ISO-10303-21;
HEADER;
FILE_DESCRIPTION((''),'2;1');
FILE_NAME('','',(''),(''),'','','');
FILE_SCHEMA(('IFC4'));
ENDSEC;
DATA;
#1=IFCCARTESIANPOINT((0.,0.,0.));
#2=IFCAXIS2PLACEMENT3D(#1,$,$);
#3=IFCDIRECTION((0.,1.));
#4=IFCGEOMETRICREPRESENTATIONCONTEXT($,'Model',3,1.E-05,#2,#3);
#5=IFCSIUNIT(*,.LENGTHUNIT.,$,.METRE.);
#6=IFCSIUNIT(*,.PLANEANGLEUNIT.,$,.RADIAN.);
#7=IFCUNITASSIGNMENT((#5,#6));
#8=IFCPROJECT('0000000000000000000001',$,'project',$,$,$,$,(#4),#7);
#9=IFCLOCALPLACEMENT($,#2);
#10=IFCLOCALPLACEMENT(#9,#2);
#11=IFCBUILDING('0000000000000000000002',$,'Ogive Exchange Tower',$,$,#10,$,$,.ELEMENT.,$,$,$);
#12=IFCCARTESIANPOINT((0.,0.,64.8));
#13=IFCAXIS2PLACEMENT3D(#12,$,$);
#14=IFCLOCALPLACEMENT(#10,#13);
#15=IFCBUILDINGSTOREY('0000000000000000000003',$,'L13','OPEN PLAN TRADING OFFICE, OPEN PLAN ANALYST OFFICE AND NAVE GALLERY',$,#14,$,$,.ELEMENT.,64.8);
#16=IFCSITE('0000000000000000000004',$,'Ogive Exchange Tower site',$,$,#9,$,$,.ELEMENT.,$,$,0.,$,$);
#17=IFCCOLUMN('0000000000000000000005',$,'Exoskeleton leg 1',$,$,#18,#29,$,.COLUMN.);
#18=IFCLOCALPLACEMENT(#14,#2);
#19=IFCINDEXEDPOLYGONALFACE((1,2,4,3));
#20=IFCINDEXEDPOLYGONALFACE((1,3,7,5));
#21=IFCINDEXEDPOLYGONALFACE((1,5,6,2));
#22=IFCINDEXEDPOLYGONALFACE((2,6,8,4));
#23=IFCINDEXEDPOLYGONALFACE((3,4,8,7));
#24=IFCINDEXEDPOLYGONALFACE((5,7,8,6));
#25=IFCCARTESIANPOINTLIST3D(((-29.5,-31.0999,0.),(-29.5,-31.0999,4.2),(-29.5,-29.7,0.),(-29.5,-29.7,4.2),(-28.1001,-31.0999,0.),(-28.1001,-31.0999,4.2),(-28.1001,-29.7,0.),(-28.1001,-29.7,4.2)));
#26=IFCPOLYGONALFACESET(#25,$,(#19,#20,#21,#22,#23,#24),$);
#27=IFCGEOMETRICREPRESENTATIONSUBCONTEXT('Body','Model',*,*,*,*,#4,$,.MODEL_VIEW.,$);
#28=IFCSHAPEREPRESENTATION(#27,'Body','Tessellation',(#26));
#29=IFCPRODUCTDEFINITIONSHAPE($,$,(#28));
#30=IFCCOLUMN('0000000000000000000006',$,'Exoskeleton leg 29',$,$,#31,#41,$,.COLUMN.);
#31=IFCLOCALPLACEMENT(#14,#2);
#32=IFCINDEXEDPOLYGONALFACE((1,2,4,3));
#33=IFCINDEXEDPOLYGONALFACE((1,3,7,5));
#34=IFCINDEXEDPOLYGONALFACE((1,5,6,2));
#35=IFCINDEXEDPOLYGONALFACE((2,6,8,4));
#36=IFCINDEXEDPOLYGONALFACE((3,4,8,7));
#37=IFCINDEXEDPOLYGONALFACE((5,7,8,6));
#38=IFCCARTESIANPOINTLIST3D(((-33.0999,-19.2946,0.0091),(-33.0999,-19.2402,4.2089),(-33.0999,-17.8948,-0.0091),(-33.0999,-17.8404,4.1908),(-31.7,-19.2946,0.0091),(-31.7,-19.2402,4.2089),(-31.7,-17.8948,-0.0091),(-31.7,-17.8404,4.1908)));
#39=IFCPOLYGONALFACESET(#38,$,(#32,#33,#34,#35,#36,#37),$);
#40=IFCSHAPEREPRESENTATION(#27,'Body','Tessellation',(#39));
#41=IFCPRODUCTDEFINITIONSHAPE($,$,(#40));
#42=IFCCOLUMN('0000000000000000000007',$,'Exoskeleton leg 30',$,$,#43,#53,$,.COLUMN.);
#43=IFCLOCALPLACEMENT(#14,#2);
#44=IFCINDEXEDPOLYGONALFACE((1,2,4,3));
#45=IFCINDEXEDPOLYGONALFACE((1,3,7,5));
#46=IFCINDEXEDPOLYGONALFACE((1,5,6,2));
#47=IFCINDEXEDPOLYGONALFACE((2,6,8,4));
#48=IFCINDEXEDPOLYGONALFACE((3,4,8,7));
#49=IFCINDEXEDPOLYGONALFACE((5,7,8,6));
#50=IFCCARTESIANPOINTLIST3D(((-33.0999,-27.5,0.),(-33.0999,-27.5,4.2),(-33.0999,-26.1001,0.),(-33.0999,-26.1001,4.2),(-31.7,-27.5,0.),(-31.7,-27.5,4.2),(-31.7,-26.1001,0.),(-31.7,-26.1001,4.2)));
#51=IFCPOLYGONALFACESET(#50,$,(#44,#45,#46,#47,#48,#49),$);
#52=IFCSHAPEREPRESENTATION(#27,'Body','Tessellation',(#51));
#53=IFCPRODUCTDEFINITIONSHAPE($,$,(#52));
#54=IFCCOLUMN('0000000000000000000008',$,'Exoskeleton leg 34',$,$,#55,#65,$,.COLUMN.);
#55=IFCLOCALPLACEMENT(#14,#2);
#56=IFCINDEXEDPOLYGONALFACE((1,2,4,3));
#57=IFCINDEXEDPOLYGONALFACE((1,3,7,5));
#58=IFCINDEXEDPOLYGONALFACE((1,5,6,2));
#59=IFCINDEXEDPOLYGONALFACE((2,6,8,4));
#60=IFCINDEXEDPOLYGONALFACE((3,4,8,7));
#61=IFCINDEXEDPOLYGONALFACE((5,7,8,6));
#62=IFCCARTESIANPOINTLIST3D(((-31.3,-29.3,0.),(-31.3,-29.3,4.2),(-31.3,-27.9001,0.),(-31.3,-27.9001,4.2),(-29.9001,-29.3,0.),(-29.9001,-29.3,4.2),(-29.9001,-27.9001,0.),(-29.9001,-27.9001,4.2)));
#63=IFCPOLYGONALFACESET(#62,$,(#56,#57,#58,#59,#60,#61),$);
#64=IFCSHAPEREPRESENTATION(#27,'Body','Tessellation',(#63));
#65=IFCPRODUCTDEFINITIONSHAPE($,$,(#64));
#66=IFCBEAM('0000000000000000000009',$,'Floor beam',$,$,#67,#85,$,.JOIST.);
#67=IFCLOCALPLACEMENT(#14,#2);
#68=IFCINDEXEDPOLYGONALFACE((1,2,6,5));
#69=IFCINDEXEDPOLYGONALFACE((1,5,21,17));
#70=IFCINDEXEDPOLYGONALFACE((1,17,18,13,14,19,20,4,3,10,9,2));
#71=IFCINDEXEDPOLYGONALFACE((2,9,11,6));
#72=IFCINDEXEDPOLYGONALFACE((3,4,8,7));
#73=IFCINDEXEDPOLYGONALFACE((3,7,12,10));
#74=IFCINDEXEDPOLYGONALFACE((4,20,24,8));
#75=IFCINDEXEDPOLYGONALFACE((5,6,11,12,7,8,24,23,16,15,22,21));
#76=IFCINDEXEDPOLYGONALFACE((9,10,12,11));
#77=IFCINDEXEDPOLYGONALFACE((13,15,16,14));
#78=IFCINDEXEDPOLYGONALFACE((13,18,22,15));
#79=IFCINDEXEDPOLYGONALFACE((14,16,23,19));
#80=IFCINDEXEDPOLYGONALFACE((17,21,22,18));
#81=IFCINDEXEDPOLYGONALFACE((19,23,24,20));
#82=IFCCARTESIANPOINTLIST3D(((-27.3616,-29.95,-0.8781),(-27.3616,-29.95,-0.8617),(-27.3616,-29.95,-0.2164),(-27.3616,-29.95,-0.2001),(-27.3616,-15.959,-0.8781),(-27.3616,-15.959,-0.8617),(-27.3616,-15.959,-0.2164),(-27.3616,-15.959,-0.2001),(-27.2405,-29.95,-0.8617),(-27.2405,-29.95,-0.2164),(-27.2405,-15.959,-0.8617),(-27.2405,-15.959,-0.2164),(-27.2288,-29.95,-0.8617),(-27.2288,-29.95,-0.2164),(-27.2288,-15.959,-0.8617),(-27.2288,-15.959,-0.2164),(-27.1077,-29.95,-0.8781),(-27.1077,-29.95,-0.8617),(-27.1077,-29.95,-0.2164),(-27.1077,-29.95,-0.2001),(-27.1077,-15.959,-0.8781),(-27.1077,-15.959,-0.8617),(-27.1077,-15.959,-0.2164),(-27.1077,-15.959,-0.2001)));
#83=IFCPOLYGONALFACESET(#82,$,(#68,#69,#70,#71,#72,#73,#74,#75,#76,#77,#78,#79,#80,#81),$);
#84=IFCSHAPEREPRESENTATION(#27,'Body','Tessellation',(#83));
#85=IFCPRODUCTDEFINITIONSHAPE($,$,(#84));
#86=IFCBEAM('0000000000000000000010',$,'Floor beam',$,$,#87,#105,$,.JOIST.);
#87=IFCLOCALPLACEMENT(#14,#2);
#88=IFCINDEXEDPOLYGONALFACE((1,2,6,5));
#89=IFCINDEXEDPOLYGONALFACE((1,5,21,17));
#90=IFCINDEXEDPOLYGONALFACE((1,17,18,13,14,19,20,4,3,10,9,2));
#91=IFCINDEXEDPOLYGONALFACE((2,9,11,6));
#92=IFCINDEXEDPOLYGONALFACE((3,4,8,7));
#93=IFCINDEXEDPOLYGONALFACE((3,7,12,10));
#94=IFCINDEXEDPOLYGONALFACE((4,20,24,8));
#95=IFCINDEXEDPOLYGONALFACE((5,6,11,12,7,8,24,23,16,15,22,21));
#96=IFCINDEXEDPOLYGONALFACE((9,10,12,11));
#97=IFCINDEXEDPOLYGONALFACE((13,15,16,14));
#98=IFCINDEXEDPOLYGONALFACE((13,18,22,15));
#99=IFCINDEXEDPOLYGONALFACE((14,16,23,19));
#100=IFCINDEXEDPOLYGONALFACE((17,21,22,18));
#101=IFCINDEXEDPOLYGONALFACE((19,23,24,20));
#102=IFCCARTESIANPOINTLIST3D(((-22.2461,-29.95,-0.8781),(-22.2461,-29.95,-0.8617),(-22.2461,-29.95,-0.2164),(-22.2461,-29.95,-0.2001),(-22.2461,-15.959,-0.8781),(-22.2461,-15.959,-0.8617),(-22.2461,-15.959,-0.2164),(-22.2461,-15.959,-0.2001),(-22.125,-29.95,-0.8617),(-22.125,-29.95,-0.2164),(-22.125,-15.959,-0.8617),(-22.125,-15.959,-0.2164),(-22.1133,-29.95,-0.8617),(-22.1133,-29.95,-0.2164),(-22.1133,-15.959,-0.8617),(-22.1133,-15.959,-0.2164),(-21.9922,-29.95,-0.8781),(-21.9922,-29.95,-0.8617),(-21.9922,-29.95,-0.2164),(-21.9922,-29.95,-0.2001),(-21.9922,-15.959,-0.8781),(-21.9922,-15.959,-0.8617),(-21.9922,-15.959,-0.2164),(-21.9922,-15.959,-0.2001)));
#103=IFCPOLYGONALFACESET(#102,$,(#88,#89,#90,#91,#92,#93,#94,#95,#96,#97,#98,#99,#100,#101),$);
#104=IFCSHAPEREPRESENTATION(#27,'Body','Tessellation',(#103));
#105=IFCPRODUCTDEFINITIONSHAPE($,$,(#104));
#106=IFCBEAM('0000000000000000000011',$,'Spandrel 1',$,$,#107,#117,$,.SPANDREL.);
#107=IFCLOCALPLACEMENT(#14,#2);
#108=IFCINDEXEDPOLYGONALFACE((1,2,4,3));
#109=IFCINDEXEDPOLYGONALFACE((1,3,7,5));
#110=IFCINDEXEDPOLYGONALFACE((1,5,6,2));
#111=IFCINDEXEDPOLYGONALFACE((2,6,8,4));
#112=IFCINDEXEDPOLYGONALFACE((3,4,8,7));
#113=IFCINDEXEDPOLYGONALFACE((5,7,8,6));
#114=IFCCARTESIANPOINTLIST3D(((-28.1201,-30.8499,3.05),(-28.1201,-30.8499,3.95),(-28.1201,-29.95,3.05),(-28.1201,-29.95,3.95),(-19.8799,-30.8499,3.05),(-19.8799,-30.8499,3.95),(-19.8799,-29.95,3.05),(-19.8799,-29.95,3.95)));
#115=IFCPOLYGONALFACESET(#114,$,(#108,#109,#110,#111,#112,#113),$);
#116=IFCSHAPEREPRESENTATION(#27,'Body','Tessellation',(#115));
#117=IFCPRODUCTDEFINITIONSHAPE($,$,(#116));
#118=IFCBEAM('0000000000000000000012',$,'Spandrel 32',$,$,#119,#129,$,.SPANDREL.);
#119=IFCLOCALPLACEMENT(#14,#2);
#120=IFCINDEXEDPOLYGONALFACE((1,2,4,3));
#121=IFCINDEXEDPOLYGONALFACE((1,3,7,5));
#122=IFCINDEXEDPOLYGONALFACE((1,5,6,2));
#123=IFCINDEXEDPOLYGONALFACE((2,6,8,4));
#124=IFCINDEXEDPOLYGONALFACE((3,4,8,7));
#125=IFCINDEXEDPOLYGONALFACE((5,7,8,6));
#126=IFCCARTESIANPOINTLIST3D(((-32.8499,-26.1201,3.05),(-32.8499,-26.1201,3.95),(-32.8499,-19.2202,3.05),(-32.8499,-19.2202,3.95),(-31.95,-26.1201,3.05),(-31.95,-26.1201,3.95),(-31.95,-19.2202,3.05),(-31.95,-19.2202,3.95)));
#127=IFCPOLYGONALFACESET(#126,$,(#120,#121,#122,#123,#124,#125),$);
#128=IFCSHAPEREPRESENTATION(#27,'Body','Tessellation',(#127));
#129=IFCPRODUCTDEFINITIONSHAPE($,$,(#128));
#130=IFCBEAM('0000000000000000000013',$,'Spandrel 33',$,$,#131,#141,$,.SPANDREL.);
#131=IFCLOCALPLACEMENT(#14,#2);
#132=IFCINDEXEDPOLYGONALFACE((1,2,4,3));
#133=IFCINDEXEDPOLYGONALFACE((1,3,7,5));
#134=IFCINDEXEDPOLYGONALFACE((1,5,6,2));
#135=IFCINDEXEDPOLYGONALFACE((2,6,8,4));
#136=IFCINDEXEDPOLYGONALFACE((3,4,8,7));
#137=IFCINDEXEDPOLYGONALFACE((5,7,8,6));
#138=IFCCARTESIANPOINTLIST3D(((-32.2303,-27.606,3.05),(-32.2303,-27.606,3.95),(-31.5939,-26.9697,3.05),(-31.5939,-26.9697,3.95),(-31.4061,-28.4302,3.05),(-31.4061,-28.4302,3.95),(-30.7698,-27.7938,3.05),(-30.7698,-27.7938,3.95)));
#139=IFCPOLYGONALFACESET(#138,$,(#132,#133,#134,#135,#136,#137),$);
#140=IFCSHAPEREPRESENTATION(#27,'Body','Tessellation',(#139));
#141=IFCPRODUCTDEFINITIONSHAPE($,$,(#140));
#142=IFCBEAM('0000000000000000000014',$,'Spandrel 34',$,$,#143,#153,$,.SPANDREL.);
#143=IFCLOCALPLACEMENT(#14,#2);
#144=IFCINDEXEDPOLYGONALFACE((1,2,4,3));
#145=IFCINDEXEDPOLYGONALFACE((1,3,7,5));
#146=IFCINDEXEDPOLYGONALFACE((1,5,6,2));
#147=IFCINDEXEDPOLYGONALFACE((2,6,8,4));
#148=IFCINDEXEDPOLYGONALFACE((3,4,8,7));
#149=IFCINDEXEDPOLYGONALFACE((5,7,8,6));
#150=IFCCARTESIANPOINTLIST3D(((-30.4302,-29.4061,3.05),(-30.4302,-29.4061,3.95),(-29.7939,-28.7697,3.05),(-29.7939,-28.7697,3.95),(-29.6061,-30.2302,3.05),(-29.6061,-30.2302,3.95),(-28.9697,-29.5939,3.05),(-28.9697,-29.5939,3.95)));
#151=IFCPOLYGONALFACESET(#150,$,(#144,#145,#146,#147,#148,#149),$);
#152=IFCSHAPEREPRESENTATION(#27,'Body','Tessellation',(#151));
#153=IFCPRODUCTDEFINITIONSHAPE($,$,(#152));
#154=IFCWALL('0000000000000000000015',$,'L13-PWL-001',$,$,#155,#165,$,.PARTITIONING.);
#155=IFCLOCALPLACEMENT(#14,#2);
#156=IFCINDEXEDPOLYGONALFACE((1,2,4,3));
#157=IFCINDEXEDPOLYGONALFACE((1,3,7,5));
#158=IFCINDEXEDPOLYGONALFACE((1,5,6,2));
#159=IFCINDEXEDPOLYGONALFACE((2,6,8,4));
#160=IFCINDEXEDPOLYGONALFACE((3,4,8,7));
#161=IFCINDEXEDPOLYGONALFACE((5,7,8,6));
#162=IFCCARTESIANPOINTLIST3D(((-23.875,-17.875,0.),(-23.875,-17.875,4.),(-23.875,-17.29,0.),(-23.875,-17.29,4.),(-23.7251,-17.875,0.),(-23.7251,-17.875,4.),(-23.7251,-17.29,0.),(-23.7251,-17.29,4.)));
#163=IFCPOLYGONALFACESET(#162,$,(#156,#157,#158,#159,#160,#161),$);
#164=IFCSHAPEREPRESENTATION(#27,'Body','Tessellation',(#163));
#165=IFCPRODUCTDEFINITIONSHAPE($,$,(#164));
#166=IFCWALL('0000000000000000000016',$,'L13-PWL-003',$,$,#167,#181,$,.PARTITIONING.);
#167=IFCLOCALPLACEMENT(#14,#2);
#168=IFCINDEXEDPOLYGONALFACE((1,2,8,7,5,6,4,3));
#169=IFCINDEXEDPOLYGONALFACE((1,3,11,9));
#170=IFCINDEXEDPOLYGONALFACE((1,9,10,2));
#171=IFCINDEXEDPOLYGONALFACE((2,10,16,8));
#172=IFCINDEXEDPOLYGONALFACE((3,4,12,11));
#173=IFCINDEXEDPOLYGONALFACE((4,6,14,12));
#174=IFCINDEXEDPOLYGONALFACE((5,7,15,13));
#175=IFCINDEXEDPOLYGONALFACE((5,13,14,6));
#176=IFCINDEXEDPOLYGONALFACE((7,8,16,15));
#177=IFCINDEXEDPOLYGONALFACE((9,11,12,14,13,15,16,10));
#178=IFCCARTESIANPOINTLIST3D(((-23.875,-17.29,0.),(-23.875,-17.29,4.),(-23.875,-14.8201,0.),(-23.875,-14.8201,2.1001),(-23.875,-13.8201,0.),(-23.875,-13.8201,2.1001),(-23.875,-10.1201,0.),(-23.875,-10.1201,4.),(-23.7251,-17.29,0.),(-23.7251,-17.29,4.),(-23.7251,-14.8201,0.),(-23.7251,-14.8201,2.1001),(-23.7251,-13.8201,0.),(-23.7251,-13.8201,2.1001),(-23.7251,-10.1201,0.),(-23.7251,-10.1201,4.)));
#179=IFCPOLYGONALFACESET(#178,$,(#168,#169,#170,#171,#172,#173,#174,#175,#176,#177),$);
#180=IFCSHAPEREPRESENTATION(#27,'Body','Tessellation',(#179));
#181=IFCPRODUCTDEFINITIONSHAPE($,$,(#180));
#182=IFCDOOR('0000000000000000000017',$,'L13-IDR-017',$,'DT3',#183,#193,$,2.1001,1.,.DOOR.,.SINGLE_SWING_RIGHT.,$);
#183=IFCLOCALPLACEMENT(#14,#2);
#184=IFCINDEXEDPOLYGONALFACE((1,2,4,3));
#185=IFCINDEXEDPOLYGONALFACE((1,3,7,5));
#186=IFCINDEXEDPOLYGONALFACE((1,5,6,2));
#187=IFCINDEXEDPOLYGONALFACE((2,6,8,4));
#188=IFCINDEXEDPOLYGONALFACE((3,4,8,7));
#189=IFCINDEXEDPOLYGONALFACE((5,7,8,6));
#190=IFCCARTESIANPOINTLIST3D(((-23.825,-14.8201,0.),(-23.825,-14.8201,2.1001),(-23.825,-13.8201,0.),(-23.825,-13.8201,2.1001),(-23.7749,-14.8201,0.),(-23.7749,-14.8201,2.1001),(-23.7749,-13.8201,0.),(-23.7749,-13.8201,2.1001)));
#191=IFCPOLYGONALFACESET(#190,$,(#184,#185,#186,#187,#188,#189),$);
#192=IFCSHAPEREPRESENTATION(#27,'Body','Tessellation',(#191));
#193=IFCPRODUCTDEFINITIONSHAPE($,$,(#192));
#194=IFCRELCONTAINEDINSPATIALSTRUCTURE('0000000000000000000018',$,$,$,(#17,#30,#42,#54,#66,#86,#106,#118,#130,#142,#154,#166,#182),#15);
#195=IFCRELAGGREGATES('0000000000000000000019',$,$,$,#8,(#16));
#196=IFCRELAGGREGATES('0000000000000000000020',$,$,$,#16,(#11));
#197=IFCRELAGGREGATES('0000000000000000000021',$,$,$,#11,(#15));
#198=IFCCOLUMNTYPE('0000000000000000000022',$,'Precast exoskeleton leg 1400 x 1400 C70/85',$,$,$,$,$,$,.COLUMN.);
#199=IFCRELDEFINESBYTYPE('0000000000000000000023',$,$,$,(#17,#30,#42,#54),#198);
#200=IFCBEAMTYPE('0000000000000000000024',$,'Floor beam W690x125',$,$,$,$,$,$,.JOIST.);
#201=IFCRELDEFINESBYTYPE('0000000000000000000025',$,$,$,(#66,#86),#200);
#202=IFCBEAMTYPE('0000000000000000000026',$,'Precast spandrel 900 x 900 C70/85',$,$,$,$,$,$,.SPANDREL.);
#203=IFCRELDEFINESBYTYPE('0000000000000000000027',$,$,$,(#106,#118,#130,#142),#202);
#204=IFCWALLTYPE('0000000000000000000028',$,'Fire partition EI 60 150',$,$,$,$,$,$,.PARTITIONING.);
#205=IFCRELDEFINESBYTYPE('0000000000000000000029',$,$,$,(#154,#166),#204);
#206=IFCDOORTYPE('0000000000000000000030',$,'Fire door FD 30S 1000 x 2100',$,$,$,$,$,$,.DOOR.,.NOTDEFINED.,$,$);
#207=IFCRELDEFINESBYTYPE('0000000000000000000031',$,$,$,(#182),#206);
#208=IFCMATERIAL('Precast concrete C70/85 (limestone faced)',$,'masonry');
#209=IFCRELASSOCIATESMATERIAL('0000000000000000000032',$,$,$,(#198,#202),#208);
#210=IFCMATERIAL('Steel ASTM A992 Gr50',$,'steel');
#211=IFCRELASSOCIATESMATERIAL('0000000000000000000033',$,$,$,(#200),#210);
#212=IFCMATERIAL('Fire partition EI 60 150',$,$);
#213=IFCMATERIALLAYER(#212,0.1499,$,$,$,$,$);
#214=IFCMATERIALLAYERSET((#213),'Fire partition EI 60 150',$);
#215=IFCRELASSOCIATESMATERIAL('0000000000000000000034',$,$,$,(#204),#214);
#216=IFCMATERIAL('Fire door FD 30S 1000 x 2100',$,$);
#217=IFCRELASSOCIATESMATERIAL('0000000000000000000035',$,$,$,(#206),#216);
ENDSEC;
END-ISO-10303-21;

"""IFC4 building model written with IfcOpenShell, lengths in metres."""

from ifc_helpers import new_model, si_unit, direction, frame, frame_2d, origin, origin_2d, place, context, subcontext, project, spatial, rectangle, i_section, extrude, material, layer, layer_set, material_profile, profile_set, type_object, element, fill, save


model = new_model("IFC4")

# Units and contexts
model_context = context("Model", 3, precision=1e-05, world=origin(), true_north=direction((0.0, 1.0)))
body_context = subcontext(model_context, "Body", "Model", "MODEL_VIEW")
ifc_project = project(units=[si_unit("LENGTHUNIT", "METRE"), si_unit("PLANEANGLEUNIT", "RADIAN")], contexts=[model_context])

# Site, building, storey
site_placement = place(None, origin())
site = spatial("IfcSite", under=ifc_project, at=site_placement, Name="Ogive Exchange Tower site", CompositionType="ELEMENT", RefElevation=0.0)
building_placement = place(site_placement, origin())
building = spatial("IfcBuilding", under=site, at=building_placement, Name="Ogive Exchange Tower", CompositionType="ELEMENT")
storey_placement = place(building_placement, frame((0.0, 0.0, 64.8)))
storey = spatial("IfcBuildingStorey", under=building, at=storey_placement, Name="L13", Description="OPEN PLAN TRADING OFFICE, OPEN PLAN ANALYST OFFICE AND NAVE GALLERY", CompositionType="ELEMENT", Elevation=64.8)

# Columns
ifc_material_1 = material(Name="Precast concrete C70/85 (limestone faced)", Category="masonry")
ifc_material_profile_1 = material_profile(ifc_material_1, rectangle(XDim=1.3999, YDim=1.3999, at=origin_2d()), Name="1400 x 1400")
ifc_profile_set_1 = profile_set([ifc_material_profile_1], Name="Precast concrete C70/85 (limestone faced)")
column_type = type_object("IfcColumnType", Name="Precast exoskeleton leg 1400 x 1400 C70/85", PredefinedType="COLUMN", material=ifc_profile_set_1)
column_1_placement = place(storey_placement, frame((-28.8, -30.3999, 0.0), z_axis=(0.0, 0.0, 1.0), x_axis=(1.0, 0.0, 0.0)))
element("IfcColumn", 1, at=column_1_placement, inside=storey, type_object=column_type, Name="Exoskeleton leg 1", PredefinedType="COLUMN", context=body_context, shape_type="SweptSolid", body=[
    extrude(rectangle(XDim=1.3999, YDim=1.3999, at=origin_2d()), origin(), (0.0, 0.0, 1.0), 4.2),
])
column_2_placement = place(storey_placement, frame((-32.3999, -18.5947, 0.0), z_axis=(0.0, 0.012962, 0.999916), x_axis=(-1.0, 0.0, 0.0)))
element("IfcColumn", 2, at=column_2_placement, inside=storey, type_object=column_type, Name="Exoskeleton leg 29", PredefinedType="COLUMN", context=body_context, shape_type="SweptSolid", body=[
    extrude(rectangle(XDim=1.3999, YDim=1.3999, at=origin_2d()), origin(), (0.0, 0.0, 1.0), 4.2002),
])
for number, where, z_axis, x_axis, name in (
    (3, (-32.3999, -26.8, 0.0), (0.0, 0.0, 1.0), (1.0, 0.0, 0.0), "Exoskeleton leg 30"),
    (4, (-30.6001, -28.6001, 0.0), (0.0, 0.0, 1.0), (1.0, 0.0, 0.0), "Exoskeleton leg 34"),
):
    element("IfcColumn", number, at=place(storey_placement, frame(where, z_axis=z_axis, x_axis=x_axis)), inside=storey, type_object=column_type, Name=name, PredefinedType="COLUMN", context=body_context, shape_type="SweptSolid", body=[
        extrude(rectangle(XDim=1.3999, YDim=1.3999, at=origin_2d()), origin(), (0.0, 0.0, 1.0), 4.2),
    ])

# Beams
ifc_material_2 = material(Name="Steel ASTM A992 Gr50", Category="steel")
ifc_material_profile_2 = material_profile(ifc_material_2, i_section(OverallWidth=0.2539, OverallDepth=0.678, WebThickness=0.0117, FlangeThickness=0.0164, at=origin_2d()), Name="W690x125")
ifc_profile_set_2 = profile_set([ifc_material_profile_2], Name="Steel ASTM A992 Gr50")
beam_type_1 = type_object("IfcBeamType", Name="Floor beam W690x125", PredefinedType="JOIST", material=ifc_profile_set_2)
for number, where, z_axis, x_axis, name in (
    (5, (-27.2346, -29.95, -0.5391), (0.0, 1.0, 0.0), (-1.0, 0.0, 0.0), "Floor beam"),
    (6, (-22.1191, -29.95, -0.5391), (0.0, 1.0, 0.0), (-1.0, 0.0, 0.0), "Floor beam"),
):
    element("IfcBeam", number, at=place(storey_placement, frame(where, z_axis=z_axis, x_axis=x_axis)), inside=storey, type_object=beam_type_1, Name=name, PredefinedType="JOIST", context=body_context, shape_type="SweptSolid", body=[
        extrude(i_section(OverallWidth=0.2539, OverallDepth=0.678, WebThickness=0.0117, FlangeThickness=0.0164, at=origin_2d()), origin(), (0.0, 0.0, 1.0), 13.991),
    ])
ifc_material_profile_3 = material_profile(ifc_material_1, rectangle(XDim=0.8999, YDim=0.8999, at=origin_2d()), Name="900 x 900")
ifc_profile_set_3 = profile_set([ifc_material_profile_3], Name="Precast concrete C70/85 (limestone faced)")
beam_type_2 = type_object("IfcBeamType", Name="Precast spandrel 900 x 900 C70/85", PredefinedType="SPANDREL", material=ifc_profile_set_3)
beam_1_placement = place(storey_placement, frame((-28.1201, -30.3999, 3.5), z_axis=(1.0, 0.0, 0.0), x_axis=(0.0, 1.0, 0.0)))
element("IfcBeam", 7, at=beam_1_placement, inside=storey, type_object=beam_type_2, Name="Spandrel 1", PredefinedType="SPANDREL", context=body_context, shape_type="SweptSolid", body=[
    extrude(rectangle(XDim=0.8999, YDim=0.8999, at=origin_2d()), origin(), (0.0, 0.0, 1.0), 8.2402),
])
beam_2_placement = place(storey_placement, frame((-32.3999, -19.2202, 3.5), z_axis=(0.0, -1.0, 0.0), x_axis=(1.0, 0.0, 0.0)))
element("IfcBeam", 8, at=beam_2_placement, inside=storey, type_object=beam_type_2, Name="Spandrel 32", PredefinedType="SPANDREL", context=body_context, shape_type="SweptSolid", body=[
    extrude(rectangle(XDim=0.8999, YDim=0.8999, at=origin_2d()), origin(), (0.0, 0.0, 1.0), 6.8999),
])
for number, where, z_axis, x_axis, name in (
    (9, (-31.9121, -27.2878, 3.5), (0.707107, -0.707107, 0.0), (0.707107, 0.707107, 0.0), "Spandrel 33"),
    (10, (-30.1121, -29.0879, 3.5), (0.707107, -0.707107, 0.0), (0.707107, 0.707107, 0.0), "Spandrel 34"),
):
    element("IfcBeam", number, at=place(storey_placement, frame(where, z_axis=z_axis, x_axis=x_axis)), inside=storey, type_object=beam_type_2, Name=name, PredefinedType="SPANDREL", context=body_context, shape_type="SweptSolid", body=[
        extrude(rectangle(XDim=0.8999, YDim=0.8999, at=origin_2d()), origin(), (0.0, 0.0, 1.0), 1.1655),
    ])

# Wall
ifc_material_3 = material(Name="Fire partition EI 60 150")
ifc_layer_1 = layer(ifc_material_3, 0.1499)
ifc_layer_set_1 = layer_set([ifc_layer_1], Name="Fire partition EI 60 150")
wall_type_1 = type_object("IfcWallType", Name="Fire partition EI 60 150", PredefinedType="PARTITIONING", material=ifc_layer_set_1)
wall_1_placement = place(storey_placement, frame((-23.8, -17.875, 0.0), z_axis=(0.0, 0.0, 1.0), x_axis=(0.0, 1.0, 0.0)))
element("IfcWall", 11, at=wall_1_placement, inside=storey, type_object=wall_type_1, Name="L13-PWL-001", PredefinedType="PARTITIONING", context=body_context, shape_type="SweptSolid", body=[
    extrude(rectangle(XDim=0.585, YDim=0.1499, at=frame_2d((0.2925, 0.0))), origin(), (0.0, 0.0, 1.0), 4.0),
])

# Wall, opening, door
wall_2_placement = place(storey_placement, frame((-23.8, -17.29, 0.0), z_axis=(0.0, 0.0, 1.0), x_axis=(0.0, 1.0, 0.0)))
wall_2 = element("IfcWall", 12, at=wall_2_placement, inside=storey, type_object=wall_type_1, Name="L13-PWL-003", PredefinedType="PARTITIONING", context=body_context, shape_type="SweptSolid", body=[
    extrude(rectangle(XDim=7.1699, YDim=0.1499, at=frame_2d((3.585, 0.0))), origin(), (0.0, 0.0, 1.0), 4.0),
])
opening_1_placement = place(wall_2_placement, frame((2.47, 0.0, 0.0)))
opening_1 = element("IfcOpeningElement", 13, at=opening_1_placement, cuts=wall_2, PredefinedType="OPENING", context=body_context, shape_type="SweptSolid", body=[
    extrude(rectangle(XDim=1.0, YDim=2.1001, at=frame_2d((0.5, 1.05))), frame((0.0, 0.085, 0.0), z_axis=(0.0, -1.0, 0.0), x_axis=(1.0, 0.0, 0.0)), (0.0, 0.0, 1.0), 0.1699),
])
ifc_material_4 = material(Name="Fire door FD 30S 1000 x 2100")
door_type_1 = type_object("IfcDoorType", Name="Fire door FD 30S 1000 x 2100", OperationType="NOTDEFINED", PredefinedType="DOOR", material=ifc_material_4)
door_1_placement = place(opening_1_placement, origin())
door_1 = element("IfcDoor", 14, at=door_1_placement, inside=storey, type_object=door_type_1, Name="L13-IDR-017", ObjectType="DT3", OperationType="SINGLE_SWING_RIGHT", OverallHeight=2.1001, OverallWidth=1.0, PredefinedType="DOOR", context=body_context, shape_type="SweptSolid", body=[
    extrude(rectangle(XDim=1.0, YDim=2.1001, at=frame_2d((0.5, 1.05))), frame((0.0, 0.0249, 0.0), z_axis=(0.0, -1.0, 0.0), x_axis=(1.0, 0.0, 0.0)), (0.0, 0.0, 1.0), 0.05),
])
fill(opening_1, door_1)

save(model, "model.ifc")
